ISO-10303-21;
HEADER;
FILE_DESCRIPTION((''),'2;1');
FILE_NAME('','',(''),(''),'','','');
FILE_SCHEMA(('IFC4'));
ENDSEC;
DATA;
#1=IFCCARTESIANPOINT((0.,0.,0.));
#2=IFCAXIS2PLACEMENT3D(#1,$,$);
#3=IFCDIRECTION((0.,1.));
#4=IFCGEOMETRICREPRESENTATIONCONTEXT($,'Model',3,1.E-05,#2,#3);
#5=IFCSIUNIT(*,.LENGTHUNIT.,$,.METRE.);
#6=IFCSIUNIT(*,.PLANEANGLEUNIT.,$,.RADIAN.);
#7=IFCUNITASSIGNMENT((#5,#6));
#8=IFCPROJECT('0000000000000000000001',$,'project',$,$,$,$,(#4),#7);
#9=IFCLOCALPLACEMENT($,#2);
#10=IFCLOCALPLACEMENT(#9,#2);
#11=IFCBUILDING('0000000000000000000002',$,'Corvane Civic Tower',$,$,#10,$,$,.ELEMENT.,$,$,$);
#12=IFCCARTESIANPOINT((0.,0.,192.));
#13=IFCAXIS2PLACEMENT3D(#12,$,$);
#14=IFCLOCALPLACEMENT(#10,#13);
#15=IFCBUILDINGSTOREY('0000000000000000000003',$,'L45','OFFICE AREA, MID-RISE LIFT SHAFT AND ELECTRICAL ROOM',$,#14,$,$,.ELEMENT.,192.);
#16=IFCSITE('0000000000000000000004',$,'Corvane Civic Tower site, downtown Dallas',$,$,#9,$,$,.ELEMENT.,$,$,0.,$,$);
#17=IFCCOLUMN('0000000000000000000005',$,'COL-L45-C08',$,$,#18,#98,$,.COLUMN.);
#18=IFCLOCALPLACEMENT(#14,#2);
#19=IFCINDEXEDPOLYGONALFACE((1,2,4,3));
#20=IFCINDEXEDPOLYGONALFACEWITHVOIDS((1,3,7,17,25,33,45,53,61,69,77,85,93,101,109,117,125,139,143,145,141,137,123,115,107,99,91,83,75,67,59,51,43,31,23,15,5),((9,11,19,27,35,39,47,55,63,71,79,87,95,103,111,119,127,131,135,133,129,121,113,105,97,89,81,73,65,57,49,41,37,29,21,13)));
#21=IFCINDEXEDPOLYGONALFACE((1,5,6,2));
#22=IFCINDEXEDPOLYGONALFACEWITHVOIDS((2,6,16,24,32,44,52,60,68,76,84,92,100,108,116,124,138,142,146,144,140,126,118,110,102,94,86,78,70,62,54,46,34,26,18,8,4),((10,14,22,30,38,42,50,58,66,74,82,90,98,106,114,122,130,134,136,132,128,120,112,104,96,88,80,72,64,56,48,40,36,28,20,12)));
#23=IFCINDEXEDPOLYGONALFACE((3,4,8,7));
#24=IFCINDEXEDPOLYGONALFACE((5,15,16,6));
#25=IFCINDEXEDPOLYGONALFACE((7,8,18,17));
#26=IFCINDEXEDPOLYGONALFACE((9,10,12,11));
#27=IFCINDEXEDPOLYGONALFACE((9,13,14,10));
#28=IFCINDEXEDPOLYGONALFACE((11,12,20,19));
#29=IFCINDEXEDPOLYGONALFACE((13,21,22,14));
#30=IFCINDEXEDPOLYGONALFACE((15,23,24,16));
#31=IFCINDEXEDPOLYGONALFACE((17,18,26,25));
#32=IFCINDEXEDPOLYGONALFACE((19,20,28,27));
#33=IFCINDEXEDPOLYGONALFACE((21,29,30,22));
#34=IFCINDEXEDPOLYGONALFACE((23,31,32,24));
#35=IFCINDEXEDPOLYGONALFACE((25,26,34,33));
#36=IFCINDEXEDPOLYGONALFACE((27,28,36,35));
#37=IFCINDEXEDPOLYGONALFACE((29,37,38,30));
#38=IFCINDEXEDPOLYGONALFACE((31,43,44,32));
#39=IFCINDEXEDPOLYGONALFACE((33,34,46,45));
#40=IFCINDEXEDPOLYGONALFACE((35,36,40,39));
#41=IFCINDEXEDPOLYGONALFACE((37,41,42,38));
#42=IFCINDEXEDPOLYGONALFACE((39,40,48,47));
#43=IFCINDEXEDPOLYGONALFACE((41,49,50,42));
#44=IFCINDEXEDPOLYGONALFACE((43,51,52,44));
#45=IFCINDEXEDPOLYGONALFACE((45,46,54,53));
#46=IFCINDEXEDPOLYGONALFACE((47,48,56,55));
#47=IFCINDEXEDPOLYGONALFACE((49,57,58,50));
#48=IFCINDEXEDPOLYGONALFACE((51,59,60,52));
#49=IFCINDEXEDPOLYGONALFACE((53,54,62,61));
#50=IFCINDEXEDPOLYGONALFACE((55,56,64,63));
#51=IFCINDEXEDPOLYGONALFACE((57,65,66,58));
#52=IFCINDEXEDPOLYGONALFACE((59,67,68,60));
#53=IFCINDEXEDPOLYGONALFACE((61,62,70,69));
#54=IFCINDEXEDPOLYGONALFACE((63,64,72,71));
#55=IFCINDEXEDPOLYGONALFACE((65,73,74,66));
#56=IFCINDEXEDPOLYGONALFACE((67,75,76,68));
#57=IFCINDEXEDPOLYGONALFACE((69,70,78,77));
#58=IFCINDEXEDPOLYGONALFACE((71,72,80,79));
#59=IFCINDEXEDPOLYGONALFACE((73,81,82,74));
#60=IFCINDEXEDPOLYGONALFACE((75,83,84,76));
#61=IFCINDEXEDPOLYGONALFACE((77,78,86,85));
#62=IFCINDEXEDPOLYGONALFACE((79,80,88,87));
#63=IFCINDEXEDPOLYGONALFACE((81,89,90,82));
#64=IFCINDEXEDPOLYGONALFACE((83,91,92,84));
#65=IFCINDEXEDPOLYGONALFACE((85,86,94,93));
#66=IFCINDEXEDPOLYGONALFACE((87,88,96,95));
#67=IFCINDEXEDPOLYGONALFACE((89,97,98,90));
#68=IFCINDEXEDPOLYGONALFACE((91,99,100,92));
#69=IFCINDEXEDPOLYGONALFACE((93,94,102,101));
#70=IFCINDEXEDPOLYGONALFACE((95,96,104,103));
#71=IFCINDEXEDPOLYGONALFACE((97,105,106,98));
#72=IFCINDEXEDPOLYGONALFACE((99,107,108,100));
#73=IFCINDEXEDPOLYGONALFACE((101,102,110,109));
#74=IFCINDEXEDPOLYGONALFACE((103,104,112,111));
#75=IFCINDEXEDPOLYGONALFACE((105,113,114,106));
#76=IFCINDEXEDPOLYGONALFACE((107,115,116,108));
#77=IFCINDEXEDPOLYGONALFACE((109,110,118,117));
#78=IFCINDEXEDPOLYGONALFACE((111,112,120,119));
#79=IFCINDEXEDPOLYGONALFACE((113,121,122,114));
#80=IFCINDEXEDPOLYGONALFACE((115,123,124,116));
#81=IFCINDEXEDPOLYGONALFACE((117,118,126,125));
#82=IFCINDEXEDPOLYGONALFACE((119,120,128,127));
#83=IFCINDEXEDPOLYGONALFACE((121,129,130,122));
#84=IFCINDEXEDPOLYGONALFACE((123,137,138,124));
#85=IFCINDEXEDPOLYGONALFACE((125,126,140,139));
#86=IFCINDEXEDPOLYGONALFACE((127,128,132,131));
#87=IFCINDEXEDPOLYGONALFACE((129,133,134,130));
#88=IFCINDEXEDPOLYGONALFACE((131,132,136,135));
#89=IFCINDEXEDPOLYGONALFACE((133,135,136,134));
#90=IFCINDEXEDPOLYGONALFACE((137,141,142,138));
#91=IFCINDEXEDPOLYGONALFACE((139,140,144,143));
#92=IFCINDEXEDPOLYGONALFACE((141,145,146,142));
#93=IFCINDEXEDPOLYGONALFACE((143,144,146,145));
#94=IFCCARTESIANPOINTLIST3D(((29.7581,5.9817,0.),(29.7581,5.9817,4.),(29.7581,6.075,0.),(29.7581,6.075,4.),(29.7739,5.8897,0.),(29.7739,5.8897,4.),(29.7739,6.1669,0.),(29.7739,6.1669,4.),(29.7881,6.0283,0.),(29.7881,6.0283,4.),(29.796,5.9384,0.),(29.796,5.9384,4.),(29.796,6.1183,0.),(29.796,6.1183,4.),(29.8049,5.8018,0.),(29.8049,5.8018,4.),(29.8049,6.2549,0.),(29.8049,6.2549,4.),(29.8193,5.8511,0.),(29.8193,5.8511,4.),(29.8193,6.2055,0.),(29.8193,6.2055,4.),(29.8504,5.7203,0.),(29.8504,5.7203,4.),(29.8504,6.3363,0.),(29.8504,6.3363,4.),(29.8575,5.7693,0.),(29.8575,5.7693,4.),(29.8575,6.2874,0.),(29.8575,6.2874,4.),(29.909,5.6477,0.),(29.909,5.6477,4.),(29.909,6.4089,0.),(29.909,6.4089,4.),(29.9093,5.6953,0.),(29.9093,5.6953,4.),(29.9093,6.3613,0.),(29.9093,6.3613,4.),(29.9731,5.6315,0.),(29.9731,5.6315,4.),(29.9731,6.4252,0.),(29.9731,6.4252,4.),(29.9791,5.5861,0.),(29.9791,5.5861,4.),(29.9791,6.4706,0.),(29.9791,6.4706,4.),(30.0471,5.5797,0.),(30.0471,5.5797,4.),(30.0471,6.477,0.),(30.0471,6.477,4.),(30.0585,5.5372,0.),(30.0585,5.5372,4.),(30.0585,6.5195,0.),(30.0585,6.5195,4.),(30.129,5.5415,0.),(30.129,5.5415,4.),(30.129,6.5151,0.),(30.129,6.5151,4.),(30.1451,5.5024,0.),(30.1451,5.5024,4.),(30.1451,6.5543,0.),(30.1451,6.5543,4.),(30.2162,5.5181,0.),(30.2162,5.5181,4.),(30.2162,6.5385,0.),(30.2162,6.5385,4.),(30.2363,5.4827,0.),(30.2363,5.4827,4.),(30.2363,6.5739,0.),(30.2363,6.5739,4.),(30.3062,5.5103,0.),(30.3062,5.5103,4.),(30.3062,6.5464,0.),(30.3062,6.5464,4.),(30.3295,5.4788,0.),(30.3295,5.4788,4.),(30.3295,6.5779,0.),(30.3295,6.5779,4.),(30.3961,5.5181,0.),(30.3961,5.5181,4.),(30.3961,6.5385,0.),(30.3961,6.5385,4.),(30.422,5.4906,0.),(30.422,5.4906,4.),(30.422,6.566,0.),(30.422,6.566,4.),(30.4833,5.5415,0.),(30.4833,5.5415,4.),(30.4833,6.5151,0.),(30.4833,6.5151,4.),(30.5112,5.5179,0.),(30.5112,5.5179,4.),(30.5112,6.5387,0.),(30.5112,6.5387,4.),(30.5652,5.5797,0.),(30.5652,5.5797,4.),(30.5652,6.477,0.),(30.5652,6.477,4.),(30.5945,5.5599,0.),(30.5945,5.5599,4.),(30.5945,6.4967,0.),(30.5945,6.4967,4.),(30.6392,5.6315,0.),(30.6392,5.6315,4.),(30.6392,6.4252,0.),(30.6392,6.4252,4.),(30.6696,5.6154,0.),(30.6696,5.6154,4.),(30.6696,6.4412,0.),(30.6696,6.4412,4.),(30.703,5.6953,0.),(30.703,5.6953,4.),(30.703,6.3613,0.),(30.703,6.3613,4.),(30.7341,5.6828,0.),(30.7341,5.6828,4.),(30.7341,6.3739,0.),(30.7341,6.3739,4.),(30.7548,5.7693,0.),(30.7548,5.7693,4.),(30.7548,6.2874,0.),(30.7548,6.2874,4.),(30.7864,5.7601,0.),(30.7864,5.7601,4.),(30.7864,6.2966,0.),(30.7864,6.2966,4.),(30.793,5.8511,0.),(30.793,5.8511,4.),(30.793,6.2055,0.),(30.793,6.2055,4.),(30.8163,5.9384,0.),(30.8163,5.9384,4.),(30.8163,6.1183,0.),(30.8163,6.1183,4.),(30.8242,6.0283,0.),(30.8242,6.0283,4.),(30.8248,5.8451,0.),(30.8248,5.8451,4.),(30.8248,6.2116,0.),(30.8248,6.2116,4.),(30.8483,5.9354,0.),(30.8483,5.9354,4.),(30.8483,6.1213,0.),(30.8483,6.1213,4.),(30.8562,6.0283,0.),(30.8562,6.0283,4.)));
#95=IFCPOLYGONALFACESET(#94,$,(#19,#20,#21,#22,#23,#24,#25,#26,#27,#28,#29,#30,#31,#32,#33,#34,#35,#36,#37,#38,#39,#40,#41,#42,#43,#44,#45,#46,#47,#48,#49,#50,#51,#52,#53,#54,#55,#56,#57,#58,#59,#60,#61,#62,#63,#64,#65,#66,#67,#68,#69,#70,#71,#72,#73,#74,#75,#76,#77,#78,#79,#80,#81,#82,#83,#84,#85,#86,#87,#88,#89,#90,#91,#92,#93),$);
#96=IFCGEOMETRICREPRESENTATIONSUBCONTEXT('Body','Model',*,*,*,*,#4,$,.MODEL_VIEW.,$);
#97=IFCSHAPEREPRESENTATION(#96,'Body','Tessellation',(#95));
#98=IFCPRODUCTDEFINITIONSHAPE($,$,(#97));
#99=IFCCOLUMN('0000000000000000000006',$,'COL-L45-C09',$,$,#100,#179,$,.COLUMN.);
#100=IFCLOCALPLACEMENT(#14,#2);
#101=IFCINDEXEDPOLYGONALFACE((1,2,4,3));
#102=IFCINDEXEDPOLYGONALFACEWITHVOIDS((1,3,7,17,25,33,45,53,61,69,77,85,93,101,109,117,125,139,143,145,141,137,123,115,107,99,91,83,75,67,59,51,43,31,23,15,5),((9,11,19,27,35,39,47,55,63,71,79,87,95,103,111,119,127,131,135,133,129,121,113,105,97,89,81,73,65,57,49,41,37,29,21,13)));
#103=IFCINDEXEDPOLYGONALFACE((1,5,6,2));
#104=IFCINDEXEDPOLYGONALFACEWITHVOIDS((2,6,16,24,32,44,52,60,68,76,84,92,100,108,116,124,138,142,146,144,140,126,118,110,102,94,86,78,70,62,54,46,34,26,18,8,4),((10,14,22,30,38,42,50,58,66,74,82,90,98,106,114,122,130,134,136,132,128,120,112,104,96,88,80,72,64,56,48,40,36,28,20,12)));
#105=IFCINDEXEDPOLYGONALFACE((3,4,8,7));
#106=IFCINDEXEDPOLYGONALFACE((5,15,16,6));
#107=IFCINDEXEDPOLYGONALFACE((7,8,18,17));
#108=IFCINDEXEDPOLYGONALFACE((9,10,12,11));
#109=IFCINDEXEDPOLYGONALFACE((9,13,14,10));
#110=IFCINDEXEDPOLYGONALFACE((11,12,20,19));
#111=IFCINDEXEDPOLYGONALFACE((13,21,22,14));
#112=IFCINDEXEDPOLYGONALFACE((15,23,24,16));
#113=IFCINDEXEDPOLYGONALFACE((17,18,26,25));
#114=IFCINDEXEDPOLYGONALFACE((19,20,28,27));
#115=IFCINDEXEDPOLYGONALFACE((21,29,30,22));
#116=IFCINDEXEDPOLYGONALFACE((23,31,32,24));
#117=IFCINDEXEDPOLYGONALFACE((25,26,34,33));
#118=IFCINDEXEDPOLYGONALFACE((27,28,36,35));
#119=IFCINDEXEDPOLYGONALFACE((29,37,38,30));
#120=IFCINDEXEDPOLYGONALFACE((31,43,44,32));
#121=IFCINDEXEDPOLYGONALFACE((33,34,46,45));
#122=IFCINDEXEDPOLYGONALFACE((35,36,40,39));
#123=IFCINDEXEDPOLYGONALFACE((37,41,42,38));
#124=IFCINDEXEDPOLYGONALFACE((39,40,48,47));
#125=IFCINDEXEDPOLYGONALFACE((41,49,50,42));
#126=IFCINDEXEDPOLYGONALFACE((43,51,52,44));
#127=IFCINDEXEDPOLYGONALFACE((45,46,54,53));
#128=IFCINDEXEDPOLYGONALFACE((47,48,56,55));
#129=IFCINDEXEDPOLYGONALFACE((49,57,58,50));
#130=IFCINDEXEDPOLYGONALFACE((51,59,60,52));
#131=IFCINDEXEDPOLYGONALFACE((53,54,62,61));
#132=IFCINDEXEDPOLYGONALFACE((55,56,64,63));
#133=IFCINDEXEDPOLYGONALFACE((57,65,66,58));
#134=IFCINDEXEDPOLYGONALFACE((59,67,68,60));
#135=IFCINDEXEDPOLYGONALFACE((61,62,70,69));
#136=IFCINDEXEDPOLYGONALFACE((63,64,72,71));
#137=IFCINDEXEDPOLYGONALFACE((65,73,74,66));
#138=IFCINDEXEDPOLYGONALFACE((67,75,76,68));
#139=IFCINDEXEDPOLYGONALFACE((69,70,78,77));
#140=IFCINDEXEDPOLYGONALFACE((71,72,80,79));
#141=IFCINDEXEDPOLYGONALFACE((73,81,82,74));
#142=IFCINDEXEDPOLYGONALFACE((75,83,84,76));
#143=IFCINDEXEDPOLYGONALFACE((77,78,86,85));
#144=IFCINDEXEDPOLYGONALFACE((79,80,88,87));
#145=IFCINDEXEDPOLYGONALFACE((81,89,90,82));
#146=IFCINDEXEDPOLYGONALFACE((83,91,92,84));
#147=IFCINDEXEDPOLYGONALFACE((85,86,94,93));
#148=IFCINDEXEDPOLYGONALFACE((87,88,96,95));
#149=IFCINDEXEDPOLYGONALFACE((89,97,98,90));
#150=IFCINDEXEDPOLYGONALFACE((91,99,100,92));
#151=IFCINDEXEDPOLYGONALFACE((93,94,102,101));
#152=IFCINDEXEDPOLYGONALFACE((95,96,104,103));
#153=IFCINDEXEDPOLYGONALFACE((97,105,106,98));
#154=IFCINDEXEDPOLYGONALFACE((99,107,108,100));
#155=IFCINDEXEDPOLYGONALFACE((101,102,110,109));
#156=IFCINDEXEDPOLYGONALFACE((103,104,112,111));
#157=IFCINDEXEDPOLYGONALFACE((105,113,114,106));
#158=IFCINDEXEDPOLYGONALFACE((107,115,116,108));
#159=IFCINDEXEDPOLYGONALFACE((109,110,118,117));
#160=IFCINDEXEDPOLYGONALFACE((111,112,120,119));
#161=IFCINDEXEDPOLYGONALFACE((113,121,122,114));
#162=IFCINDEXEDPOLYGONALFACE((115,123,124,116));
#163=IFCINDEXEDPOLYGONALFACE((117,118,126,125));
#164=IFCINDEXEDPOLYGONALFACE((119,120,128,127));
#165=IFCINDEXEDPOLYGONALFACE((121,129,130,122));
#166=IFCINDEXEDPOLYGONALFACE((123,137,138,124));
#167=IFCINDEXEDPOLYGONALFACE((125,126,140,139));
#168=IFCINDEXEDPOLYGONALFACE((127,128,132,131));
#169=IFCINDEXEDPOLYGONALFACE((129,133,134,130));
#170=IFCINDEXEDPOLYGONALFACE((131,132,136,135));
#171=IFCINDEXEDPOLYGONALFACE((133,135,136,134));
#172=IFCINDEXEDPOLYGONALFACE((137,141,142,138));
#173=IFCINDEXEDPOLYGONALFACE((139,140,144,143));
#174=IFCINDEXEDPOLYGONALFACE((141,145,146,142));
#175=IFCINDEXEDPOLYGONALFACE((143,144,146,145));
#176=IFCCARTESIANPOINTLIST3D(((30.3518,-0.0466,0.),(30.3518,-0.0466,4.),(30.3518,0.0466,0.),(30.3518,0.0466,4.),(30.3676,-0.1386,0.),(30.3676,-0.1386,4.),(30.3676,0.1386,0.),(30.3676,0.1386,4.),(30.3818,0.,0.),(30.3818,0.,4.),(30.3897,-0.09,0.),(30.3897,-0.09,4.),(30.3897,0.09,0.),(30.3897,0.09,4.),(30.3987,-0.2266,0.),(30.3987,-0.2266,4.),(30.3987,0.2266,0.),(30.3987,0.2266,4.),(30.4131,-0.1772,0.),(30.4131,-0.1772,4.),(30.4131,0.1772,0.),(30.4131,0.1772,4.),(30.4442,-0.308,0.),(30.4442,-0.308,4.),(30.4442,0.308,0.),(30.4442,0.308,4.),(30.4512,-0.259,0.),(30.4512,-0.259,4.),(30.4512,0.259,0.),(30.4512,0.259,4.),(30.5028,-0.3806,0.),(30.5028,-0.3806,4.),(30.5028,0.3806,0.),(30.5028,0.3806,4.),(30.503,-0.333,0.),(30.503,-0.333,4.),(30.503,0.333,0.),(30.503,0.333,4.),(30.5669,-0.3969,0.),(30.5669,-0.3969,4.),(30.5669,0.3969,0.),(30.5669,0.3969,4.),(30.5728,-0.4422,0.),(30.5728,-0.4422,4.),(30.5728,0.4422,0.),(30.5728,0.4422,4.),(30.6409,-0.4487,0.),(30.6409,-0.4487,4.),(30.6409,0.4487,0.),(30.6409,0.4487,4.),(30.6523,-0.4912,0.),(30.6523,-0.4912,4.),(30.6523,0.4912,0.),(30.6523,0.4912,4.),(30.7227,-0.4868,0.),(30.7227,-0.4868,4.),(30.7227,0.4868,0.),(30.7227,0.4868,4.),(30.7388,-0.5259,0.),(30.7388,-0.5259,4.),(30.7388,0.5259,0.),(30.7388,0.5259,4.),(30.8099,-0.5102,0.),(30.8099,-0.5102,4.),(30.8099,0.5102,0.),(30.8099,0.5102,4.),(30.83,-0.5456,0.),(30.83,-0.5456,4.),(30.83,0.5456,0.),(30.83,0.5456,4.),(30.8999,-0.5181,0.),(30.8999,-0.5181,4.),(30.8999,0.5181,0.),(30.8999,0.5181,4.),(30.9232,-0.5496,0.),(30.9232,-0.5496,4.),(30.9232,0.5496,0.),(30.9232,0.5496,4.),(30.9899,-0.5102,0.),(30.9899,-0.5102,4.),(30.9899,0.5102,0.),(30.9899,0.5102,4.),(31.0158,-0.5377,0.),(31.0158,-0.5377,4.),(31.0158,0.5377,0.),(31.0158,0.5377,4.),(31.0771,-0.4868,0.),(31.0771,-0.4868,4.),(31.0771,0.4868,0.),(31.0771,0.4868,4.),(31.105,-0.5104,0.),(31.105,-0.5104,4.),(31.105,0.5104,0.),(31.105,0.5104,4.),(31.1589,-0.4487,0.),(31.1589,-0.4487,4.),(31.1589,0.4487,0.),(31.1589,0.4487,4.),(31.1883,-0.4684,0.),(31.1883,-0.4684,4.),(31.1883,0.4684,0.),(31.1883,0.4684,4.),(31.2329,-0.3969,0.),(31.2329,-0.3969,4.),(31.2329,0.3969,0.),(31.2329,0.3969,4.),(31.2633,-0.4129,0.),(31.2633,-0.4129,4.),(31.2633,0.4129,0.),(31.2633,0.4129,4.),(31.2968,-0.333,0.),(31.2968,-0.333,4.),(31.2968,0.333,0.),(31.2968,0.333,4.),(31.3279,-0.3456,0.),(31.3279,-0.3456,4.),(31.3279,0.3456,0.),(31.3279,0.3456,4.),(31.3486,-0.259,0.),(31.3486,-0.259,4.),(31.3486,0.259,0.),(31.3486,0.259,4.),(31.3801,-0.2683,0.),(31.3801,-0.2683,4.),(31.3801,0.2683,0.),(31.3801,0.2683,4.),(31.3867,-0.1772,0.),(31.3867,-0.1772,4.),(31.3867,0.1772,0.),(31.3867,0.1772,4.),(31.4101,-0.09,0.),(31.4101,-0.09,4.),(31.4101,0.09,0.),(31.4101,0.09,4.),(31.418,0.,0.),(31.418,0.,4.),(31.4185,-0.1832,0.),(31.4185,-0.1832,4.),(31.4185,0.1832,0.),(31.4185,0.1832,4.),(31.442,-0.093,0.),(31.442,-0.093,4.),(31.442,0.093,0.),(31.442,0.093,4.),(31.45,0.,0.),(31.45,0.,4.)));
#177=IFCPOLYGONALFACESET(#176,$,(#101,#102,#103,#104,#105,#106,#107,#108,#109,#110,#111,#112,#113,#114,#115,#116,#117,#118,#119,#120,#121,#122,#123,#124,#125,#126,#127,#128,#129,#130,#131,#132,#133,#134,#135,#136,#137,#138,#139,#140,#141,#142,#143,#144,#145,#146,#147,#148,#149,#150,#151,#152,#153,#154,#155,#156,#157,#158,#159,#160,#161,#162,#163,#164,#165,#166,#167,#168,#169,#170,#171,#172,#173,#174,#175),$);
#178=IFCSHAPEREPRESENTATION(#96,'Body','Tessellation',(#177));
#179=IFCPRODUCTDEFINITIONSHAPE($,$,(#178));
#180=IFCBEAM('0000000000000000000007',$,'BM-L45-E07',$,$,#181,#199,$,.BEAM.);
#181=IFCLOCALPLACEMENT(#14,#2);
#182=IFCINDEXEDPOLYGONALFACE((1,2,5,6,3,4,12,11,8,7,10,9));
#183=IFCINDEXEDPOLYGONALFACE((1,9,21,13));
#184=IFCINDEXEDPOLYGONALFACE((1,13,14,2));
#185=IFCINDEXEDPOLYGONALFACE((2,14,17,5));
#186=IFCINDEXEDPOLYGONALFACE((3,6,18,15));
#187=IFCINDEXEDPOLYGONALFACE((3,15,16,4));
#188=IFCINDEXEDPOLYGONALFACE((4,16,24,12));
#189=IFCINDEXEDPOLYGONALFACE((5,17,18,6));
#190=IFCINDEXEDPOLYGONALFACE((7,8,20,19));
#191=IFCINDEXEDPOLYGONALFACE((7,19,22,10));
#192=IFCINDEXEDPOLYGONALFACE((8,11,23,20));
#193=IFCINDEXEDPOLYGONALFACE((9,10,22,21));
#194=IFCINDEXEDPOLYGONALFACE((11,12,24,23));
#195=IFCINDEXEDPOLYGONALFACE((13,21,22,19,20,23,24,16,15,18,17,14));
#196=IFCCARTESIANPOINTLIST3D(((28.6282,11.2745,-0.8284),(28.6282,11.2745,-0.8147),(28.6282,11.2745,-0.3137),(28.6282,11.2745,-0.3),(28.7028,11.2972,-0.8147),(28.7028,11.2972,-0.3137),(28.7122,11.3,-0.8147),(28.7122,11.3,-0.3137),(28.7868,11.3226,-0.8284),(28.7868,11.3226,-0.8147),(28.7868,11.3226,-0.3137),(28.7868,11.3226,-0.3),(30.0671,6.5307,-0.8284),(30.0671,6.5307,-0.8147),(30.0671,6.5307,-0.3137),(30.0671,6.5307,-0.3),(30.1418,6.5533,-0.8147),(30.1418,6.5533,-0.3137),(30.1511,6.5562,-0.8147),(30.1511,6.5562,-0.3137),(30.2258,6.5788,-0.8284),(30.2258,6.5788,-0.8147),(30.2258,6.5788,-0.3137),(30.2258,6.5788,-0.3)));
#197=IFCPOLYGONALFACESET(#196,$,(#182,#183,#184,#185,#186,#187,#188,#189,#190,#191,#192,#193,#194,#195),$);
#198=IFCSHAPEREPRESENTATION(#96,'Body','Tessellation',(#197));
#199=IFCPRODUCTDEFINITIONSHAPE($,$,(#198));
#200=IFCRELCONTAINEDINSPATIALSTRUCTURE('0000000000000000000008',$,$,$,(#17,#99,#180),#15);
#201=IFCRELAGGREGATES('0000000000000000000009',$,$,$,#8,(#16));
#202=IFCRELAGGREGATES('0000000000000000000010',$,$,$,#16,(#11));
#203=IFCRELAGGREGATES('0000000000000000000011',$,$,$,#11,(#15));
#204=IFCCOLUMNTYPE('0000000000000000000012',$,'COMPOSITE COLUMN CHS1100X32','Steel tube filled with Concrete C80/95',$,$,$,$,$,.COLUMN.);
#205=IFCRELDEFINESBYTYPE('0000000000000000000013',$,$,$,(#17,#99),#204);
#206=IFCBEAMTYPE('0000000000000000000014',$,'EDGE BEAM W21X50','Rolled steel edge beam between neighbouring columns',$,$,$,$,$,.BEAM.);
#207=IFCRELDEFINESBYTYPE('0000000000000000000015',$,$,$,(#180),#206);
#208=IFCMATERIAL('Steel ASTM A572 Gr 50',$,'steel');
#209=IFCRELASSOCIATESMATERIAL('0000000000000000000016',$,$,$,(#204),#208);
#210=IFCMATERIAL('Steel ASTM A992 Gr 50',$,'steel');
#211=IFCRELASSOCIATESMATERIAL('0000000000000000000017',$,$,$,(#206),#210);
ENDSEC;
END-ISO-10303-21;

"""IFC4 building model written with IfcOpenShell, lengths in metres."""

from ifc_helpers import new_model, si_unit, direction, frame, origin, origin_2d, place, context, subcontext, project, spatial, hollow_circle, i_section, extrude, material, material_profile, profile_set, type_object, element, save


model = new_model("IFC4")

# Units and contexts
model_context = context("Model", 3, precision=1e-05, world=origin(), true_north=direction((0.0, 1.0)))
body_context = subcontext(model_context, "Body", "Model", "MODEL_VIEW")
ifc_project = project(units=[si_unit("LENGTHUNIT", "METRE"), si_unit("PLANEANGLEUNIT", "RADIAN")], contexts=[model_context])

# Site, building, storey
site_placement = place(None, origin())
site = spatial("IfcSite", under=ifc_project, at=site_placement, Name="Corvane Civic Tower site, downtown Dallas", CompositionType="ELEMENT", RefElevation=0.0)
building_placement = place(site_placement, origin())
building = spatial("IfcBuilding", under=site, at=building_placement, Name="Corvane Civic Tower", CompositionType="ELEMENT")
storey_placement = place(building_placement, frame((0.0, 0.0, 192.0)))
storey = spatial("IfcBuildingStorey", under=building, at=storey_placement, Name="L45", Description="OFFICE AREA, MID-RISE LIFT SHAFT AND ELECTRICAL ROOM", CompositionType="ELEMENT", Elevation=192.0)

# Columns
ifc_material_1 = material(Name="Steel ASTM A572 Gr 50", Category="steel")
ifc_material_profile_1 = material_profile(ifc_material_1, hollow_circle(Radius=0.55, WallThickness=0.032, at=origin_2d()), Name="CHS1100X32")
ifc_profile_set_1 = profile_set([ifc_material_profile_1], Name="Steel ASTM A572 Gr 50")
column_type = type_object("IfcColumnType", Name="COMPOSITE COLUMN CHS1100X32", Description="Steel tube filled with Concrete C80/95", PredefinedType="COLUMN", material=ifc_profile_set_1)
for number, where, z_axis, x_axis, name in (
    (1, (30.3062, 6.0283, 0.0), (0.0, 0.0, 1.0), (1.0, 0.0, 0.0), "COL-L45-C08"),
    (2, (30.8999, 0.0, 0.0), (0.0, 0.0, 1.0), (1.0, 0.0, 0.0), "COL-L45-C09"),
):
    element("IfcColumn", number, at=place(storey_placement, frame(where, z_axis=z_axis, x_axis=x_axis)), inside=storey, type_object=column_type, Name=name, PredefinedType="COLUMN", context=body_context, shape_type="SweptSolid", body=[
        extrude(hollow_circle(Radius=0.55, WallThickness=0.032, at=origin_2d()), origin(), (0.0, 0.0, 1.0), 4.0),
    ])

# Beam
ifc_material_2 = material(Name="Steel ASTM A992 Gr 50", Category="steel")
ifc_material_profile_2 = material_profile(ifc_material_2, i_section(OverallWidth=0.1658, OverallDepth=0.5283, WebThickness=0.0098, FlangeThickness=0.0137, at=origin_2d()), Name="W21X50")
ifc_profile_set_2 = profile_set([ifc_material_profile_2], Name="Steel ASTM A992 Gr 50")
beam_type_1 = type_object("IfcBeamType", Name="EDGE BEAM W21X50", Description="Rolled steel edge beam between neighbouring columns", PredefinedType="BEAM", material=ifc_profile_set_2)
beam_1_placement = place(storey_placement, frame((28.7075, 11.2986, -0.5642), z_axis=(0.29027, -0.956945, 0.0), x_axis=(0.956945, 0.29027, 0.0)))
element("IfcBeam", 3, at=beam_1_placement, inside=storey, type_object=beam_type_1, Name="BM-L45-E07", PredefinedType="BEAM", context=body_context, shape_type="SweptSolid", body=[
    extrude(i_section(OverallWidth=0.1658, OverallDepth=0.5283, WebThickness=0.0098, FlangeThickness=0.0137, at=origin_2d()), origin(), (0.0, 0.0, 1.0), 4.9573),
])

save(model, "model.ifc")
